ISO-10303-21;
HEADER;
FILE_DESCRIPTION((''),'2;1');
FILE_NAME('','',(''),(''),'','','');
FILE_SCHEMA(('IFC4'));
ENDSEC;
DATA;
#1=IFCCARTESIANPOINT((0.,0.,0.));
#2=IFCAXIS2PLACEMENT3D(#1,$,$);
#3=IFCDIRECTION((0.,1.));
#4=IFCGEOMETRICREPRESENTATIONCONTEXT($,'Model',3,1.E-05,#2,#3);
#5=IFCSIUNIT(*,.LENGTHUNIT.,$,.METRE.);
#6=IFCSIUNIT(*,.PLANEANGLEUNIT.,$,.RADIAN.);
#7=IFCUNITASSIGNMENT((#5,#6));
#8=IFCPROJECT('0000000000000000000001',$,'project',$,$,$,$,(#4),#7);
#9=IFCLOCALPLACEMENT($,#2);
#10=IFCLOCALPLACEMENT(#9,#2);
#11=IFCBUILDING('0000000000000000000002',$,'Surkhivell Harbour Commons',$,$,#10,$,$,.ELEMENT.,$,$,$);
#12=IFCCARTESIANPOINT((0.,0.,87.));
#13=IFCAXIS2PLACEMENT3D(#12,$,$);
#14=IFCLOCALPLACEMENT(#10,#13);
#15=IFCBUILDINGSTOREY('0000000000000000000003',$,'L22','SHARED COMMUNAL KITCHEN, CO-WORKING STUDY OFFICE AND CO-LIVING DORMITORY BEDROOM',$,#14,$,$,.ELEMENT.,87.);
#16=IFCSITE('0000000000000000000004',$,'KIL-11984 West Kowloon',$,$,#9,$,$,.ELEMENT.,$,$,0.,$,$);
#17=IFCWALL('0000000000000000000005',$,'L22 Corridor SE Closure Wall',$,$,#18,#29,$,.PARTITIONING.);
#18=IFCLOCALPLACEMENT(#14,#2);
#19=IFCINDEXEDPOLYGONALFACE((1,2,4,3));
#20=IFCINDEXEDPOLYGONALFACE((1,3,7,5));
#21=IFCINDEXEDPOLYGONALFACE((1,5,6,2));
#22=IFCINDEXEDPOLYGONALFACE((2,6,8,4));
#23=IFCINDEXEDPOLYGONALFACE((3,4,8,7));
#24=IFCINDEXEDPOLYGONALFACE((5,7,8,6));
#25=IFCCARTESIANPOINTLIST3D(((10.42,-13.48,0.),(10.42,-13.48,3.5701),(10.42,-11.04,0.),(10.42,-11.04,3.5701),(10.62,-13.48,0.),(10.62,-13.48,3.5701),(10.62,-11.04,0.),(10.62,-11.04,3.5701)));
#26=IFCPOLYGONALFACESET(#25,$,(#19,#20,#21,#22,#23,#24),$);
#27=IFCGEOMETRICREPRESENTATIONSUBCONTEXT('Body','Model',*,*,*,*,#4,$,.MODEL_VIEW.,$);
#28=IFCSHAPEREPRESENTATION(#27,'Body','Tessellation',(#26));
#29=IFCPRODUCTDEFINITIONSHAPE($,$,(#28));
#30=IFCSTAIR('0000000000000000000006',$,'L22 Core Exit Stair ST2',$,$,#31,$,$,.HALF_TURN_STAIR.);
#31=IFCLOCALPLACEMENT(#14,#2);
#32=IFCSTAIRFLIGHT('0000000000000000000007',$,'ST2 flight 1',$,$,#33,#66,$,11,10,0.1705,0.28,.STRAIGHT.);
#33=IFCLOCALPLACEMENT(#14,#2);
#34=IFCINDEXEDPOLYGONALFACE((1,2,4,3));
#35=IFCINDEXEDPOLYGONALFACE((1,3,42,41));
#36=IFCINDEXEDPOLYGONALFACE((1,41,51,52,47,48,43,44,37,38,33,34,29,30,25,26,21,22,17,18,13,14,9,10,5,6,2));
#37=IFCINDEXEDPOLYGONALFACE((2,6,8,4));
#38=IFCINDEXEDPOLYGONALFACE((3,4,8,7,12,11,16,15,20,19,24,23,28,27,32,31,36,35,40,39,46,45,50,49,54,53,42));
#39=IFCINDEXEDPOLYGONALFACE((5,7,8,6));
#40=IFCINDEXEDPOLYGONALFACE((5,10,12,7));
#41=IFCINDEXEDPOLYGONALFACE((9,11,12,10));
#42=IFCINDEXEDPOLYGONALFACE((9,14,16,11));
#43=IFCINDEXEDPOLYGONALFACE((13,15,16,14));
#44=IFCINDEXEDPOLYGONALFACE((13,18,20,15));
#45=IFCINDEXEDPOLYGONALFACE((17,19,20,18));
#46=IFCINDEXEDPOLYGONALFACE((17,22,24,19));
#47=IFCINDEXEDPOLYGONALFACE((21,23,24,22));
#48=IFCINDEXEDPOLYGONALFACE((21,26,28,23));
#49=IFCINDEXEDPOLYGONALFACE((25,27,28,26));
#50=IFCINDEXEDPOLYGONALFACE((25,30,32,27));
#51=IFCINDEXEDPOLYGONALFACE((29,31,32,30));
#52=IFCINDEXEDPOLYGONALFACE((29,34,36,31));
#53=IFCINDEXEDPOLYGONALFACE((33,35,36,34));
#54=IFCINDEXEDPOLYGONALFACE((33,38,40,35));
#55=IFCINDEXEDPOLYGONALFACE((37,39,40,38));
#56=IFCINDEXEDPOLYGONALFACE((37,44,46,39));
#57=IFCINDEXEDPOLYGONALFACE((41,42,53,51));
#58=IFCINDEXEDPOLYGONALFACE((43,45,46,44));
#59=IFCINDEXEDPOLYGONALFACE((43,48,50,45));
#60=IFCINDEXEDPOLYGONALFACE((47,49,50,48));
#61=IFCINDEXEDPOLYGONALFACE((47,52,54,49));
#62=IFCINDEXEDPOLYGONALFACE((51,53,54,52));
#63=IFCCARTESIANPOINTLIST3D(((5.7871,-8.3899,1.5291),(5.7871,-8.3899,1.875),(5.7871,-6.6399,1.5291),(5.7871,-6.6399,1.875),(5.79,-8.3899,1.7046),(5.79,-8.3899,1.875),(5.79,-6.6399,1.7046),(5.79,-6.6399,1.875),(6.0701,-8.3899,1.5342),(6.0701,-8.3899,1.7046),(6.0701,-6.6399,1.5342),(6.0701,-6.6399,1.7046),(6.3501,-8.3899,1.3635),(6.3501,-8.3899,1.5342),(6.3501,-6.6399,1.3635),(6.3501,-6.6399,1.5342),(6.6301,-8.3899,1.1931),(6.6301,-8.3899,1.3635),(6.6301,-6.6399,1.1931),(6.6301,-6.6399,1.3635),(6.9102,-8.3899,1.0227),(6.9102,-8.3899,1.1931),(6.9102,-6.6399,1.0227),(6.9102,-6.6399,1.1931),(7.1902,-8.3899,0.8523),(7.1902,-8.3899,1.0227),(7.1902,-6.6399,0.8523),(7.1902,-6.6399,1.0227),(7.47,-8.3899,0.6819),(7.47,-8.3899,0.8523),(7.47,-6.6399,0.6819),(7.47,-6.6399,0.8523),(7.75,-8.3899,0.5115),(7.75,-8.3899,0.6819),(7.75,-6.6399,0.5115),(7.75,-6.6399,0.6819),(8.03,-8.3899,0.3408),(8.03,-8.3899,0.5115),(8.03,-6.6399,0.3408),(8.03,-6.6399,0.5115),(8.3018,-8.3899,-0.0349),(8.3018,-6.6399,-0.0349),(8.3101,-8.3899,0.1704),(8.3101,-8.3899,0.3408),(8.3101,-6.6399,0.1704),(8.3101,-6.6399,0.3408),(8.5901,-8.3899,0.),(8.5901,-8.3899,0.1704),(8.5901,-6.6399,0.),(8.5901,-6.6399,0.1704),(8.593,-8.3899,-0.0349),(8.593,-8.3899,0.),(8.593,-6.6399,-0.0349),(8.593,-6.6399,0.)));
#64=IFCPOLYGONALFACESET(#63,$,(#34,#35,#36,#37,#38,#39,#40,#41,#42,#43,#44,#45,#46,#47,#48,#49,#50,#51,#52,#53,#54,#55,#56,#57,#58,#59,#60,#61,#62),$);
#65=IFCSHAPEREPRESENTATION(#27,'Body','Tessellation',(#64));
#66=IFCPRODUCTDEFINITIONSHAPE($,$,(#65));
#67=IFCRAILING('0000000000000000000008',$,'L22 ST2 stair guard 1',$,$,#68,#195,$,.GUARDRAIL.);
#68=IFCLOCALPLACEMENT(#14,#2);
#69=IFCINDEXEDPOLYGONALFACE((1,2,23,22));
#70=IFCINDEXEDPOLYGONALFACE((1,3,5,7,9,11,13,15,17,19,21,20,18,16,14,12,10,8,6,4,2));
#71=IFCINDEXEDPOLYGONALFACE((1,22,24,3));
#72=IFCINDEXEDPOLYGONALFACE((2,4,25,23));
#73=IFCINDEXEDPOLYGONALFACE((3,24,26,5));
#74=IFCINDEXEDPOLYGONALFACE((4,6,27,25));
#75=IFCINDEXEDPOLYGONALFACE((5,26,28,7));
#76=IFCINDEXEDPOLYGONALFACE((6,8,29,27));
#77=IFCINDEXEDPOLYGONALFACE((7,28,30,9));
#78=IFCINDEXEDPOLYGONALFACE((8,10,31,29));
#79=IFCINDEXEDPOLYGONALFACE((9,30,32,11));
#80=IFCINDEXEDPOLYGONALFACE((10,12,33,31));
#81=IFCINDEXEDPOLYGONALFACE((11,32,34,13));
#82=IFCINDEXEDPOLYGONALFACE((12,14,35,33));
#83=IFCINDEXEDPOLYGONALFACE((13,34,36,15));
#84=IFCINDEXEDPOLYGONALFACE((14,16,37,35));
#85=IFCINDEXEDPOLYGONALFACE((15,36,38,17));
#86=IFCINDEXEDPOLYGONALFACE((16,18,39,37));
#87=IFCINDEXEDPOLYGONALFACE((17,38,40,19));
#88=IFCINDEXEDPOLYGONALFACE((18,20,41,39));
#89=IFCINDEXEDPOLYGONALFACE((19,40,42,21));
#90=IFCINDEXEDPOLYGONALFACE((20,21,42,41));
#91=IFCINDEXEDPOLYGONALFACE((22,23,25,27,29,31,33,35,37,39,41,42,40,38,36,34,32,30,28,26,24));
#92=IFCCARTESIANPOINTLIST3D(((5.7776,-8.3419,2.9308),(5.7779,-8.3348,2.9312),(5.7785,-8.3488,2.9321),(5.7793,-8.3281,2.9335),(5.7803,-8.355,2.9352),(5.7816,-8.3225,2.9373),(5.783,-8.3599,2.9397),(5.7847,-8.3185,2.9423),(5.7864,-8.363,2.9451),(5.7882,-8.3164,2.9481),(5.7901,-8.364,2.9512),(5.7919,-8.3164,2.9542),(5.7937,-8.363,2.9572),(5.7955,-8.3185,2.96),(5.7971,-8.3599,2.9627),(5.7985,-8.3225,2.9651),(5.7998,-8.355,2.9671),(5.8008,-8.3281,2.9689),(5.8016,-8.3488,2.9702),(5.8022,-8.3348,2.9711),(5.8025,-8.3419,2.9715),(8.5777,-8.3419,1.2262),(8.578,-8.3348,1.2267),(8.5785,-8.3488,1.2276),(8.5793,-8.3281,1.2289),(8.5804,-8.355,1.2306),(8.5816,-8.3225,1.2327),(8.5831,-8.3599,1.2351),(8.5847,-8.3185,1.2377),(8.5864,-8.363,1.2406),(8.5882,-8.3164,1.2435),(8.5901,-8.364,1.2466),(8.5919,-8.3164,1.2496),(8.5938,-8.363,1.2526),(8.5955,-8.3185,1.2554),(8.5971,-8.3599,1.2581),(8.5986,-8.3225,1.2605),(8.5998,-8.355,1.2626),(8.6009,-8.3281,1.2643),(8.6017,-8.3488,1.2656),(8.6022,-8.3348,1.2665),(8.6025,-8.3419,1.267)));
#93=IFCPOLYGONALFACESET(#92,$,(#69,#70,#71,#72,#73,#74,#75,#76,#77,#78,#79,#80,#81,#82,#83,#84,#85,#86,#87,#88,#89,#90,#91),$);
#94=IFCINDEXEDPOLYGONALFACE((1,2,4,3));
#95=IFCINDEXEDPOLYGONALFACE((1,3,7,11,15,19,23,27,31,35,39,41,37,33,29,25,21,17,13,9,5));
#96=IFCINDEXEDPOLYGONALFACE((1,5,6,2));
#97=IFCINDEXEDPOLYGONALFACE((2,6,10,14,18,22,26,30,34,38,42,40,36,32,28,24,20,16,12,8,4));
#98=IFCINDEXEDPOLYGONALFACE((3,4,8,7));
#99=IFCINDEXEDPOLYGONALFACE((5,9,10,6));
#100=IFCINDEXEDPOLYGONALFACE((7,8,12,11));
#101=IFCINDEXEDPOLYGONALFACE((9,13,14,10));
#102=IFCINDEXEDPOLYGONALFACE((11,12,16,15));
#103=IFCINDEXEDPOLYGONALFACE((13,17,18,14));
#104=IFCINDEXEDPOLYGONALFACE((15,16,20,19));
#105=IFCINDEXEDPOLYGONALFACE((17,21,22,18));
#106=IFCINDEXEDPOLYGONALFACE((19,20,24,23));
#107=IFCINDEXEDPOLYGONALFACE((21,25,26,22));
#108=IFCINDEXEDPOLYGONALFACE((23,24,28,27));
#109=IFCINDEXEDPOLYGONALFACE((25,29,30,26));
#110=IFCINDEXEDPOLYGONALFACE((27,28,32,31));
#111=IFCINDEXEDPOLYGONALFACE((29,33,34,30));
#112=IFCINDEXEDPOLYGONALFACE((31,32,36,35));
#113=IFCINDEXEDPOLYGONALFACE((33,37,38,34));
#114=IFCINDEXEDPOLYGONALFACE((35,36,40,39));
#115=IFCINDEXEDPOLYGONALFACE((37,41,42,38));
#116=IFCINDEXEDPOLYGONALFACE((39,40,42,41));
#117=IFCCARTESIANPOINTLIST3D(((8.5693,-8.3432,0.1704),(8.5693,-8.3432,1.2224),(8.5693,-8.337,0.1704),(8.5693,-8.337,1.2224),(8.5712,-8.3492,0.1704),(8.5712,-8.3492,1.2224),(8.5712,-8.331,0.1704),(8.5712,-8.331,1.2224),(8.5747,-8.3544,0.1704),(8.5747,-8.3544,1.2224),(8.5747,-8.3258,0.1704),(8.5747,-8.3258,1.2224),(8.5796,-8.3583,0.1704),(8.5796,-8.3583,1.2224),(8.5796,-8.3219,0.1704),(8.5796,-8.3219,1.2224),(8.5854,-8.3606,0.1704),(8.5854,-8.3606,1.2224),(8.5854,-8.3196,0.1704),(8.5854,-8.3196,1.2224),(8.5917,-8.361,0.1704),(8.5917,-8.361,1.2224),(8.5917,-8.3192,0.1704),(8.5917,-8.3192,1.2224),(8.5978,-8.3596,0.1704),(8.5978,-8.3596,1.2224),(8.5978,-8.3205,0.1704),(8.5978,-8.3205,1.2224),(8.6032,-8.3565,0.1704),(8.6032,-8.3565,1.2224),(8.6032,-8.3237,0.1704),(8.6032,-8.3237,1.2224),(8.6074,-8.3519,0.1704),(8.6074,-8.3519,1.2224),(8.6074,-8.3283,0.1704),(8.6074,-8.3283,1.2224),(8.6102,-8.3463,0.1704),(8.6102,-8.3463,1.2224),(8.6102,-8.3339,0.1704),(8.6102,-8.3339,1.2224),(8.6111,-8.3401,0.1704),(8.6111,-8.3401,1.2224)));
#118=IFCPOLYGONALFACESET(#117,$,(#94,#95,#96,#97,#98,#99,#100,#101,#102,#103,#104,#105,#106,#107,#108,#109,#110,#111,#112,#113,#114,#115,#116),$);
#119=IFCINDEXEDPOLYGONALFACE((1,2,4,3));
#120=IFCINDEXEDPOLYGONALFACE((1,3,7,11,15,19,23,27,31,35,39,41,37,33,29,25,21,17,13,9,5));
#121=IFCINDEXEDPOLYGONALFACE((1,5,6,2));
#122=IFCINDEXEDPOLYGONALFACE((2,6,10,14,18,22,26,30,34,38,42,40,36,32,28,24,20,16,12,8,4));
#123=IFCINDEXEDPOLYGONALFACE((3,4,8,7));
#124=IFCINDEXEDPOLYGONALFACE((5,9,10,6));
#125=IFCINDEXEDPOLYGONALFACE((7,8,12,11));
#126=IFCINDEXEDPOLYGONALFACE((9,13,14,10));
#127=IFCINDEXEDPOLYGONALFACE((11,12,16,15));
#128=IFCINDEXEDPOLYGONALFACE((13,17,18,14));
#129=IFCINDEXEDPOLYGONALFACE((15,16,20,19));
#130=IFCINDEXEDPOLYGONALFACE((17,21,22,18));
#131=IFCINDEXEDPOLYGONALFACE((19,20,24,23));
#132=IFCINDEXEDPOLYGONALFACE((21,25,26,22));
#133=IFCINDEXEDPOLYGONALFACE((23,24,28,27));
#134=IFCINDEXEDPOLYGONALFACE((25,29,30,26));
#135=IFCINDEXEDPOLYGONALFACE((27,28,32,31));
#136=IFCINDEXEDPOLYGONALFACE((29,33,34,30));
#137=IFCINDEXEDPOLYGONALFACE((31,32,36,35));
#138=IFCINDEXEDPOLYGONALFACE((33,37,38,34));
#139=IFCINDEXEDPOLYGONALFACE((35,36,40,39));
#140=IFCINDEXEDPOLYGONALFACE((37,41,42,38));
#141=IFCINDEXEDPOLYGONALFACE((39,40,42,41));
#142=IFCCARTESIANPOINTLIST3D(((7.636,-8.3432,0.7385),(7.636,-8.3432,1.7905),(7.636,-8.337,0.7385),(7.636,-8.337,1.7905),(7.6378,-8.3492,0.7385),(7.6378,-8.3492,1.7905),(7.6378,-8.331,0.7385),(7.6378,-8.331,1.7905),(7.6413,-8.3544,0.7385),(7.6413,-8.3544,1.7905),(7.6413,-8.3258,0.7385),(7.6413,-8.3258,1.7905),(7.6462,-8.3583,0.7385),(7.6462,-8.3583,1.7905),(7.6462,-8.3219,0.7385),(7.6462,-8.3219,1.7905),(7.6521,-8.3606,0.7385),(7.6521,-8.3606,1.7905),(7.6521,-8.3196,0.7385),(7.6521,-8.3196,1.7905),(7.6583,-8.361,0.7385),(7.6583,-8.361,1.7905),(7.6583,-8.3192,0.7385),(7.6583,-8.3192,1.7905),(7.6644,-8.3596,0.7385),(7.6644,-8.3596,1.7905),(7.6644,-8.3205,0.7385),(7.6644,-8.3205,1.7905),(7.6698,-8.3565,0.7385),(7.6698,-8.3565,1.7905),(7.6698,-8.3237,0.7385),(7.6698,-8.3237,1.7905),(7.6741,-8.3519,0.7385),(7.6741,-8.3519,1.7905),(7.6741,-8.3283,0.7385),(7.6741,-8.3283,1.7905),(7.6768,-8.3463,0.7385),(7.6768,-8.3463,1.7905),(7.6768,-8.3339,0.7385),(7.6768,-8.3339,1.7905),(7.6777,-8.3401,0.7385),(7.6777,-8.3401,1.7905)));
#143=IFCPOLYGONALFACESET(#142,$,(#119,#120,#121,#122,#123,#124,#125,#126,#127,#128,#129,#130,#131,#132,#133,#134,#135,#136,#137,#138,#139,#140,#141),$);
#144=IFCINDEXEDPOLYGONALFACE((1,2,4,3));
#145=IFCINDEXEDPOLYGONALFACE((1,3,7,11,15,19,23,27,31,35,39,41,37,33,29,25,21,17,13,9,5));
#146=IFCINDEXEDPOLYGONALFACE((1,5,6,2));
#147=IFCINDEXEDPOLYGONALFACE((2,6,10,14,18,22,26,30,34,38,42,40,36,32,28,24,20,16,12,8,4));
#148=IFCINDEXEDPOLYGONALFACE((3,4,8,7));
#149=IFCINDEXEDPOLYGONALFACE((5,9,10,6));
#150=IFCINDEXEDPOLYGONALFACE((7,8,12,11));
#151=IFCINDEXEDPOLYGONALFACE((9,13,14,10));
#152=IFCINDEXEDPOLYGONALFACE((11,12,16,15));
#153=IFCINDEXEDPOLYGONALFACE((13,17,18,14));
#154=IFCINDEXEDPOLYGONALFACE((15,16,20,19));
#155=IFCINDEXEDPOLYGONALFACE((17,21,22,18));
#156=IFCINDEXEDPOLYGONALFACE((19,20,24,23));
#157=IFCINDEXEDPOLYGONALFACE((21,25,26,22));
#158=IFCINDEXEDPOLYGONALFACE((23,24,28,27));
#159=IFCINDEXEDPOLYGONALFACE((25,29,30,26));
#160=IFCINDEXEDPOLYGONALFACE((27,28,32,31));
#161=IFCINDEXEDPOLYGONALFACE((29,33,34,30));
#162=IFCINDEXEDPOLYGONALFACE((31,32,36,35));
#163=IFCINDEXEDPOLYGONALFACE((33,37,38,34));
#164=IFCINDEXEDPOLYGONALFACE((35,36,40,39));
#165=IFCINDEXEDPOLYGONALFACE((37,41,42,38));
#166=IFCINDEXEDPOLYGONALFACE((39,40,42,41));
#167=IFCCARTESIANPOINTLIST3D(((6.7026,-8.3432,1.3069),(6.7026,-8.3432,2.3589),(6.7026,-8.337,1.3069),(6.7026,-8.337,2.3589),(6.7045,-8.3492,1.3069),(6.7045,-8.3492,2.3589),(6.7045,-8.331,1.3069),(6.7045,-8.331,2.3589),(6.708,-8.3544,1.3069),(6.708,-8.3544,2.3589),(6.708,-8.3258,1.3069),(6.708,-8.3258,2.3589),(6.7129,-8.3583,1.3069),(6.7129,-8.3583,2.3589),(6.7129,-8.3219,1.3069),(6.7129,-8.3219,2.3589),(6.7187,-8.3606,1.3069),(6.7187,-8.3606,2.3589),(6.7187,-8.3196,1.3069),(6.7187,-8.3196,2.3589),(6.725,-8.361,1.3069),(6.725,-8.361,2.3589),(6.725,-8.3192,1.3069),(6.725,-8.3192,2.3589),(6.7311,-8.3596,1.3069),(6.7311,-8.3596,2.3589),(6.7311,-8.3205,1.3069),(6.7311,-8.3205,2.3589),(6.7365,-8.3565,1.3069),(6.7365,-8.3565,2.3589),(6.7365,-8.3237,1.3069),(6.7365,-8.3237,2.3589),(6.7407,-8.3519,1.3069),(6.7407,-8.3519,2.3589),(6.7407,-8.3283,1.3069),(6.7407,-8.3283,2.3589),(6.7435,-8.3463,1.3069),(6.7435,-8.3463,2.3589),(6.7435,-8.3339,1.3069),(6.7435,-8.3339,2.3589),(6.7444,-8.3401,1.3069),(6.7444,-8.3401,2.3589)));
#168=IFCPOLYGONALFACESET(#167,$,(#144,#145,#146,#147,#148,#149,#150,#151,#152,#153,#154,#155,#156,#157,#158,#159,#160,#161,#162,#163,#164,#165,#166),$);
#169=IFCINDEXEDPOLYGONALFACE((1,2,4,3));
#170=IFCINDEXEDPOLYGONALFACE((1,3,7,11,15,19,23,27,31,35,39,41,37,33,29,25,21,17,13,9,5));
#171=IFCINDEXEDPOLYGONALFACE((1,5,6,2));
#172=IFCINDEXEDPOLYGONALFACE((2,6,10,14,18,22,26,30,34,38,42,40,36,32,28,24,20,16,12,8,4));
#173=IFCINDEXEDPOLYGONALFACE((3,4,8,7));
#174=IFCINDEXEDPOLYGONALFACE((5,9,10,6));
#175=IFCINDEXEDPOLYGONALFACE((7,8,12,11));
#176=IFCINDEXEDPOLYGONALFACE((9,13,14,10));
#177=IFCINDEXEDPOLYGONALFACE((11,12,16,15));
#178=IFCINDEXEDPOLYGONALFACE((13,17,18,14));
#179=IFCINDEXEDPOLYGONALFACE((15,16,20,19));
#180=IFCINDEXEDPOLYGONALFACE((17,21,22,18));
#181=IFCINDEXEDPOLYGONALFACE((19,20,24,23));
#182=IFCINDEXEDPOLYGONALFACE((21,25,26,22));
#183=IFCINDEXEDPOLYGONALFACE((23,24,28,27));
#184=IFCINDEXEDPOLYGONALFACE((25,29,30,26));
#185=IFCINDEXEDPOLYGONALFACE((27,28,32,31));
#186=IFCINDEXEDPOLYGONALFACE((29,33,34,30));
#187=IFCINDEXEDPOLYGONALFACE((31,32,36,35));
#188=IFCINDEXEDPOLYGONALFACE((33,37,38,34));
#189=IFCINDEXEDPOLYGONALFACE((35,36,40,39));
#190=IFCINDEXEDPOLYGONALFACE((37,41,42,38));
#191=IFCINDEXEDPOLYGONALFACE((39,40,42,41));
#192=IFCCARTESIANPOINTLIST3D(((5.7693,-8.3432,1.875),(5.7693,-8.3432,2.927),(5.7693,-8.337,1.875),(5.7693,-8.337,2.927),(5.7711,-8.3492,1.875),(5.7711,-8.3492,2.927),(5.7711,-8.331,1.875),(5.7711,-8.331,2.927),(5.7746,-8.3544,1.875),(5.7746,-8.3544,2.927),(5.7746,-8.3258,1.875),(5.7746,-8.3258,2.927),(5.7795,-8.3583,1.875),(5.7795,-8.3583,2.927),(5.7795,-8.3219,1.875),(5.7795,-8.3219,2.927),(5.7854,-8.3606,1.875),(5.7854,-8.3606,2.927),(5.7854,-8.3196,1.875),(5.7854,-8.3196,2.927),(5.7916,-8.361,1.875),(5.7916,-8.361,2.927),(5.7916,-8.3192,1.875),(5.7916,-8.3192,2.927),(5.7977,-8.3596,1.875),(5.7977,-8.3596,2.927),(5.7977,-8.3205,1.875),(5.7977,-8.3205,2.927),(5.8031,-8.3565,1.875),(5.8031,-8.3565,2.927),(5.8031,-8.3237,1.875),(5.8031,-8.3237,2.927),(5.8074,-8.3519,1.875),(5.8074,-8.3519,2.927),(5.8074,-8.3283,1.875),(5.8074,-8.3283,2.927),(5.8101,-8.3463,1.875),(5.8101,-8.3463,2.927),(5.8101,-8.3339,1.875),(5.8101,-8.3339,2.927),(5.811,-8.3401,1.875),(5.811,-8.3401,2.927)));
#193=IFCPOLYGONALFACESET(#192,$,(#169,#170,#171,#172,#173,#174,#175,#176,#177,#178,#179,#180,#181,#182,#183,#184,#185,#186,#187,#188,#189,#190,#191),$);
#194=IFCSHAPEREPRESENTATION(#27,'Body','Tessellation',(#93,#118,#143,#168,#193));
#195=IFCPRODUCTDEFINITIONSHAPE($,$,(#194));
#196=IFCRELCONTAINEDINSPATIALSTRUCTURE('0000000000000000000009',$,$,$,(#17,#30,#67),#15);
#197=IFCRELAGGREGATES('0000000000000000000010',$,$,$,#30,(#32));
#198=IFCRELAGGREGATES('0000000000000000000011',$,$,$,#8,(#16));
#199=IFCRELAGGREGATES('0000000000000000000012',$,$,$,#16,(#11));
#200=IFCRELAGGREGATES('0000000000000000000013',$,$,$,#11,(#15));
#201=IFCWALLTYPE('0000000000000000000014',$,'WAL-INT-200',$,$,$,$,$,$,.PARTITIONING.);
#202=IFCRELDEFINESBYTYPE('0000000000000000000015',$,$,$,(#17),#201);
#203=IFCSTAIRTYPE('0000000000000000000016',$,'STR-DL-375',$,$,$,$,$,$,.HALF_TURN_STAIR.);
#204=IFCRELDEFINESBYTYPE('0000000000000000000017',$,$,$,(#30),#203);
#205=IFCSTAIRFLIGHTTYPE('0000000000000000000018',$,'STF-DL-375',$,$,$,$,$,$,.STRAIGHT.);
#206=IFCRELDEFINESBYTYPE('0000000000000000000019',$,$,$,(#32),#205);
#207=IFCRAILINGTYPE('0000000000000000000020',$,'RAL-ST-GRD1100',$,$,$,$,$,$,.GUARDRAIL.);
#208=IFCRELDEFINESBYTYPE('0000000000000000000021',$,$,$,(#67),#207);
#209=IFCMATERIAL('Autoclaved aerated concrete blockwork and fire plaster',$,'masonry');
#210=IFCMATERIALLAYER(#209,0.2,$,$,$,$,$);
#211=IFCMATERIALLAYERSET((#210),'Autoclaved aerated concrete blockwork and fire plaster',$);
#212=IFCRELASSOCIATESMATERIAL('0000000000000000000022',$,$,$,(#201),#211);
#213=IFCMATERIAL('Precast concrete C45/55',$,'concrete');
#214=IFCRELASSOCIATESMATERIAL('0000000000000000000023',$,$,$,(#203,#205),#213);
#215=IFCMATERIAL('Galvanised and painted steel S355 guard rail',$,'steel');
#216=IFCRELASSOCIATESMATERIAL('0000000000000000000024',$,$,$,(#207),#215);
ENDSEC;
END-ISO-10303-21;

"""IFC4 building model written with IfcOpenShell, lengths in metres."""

from ifc_helpers import new_model, si_unit, direction, frame, frame_2d, origin, origin_2d, place, context, subcontext, project, spatial, polyline, rectangle, circle, outline, extrude, material, layer, layer_set, type_object, element, aggregate, save


model = new_model("IFC4")

# Units and contexts
model_context = context("Model", 3, precision=1e-05, world=origin(), true_north=direction((0.0, 1.0)))
body_context = subcontext(model_context, "Body", "Model", "MODEL_VIEW")
ifc_project = project(units=[si_unit("LENGTHUNIT", "METRE"), si_unit("PLANEANGLEUNIT", "RADIAN")], contexts=[model_context])

# Site, building, storey
site_placement = place(None, origin())
site = spatial("IfcSite", under=ifc_project, at=site_placement, Name="KIL-11984 West Kowloon", CompositionType="ELEMENT", RefElevation=0.0)
building_placement = place(site_placement, origin())
building = spatial("IfcBuilding", under=site, at=building_placement, Name="Surkhivell Harbour Commons", CompositionType="ELEMENT")
storey_placement = place(building_placement, frame((0.0, 0.0, 87.0)))
storey = spatial("IfcBuildingStorey", under=building, at=storey_placement, Name="L22", Description="SHARED COMMUNAL KITCHEN, CO-WORKING STUDY OFFICE AND CO-LIVING DORMITORY BEDROOM", CompositionType="ELEMENT", Elevation=87.0)

# Shared definitions
ifc_material_1 = material(Name="Autoclaved aerated concrete blockwork and fire plaster", Category="masonry")
ifc_layer_1 = layer(ifc_material_1, 0.2)
ifc_layer_set_1 = layer_set([ifc_layer_1], Name="Autoclaved aerated concrete blockwork and fire plaster")
wall_type_1 = type_object("IfcWallType", Name="WAL-INT-200", PredefinedType="PARTITIONING", material=ifc_layer_set_1)

# Wall
wall_1_placement = place(storey_placement, frame((10.52, -13.48, 0.0), z_axis=(0.0, 0.0, 1.0), x_axis=(0.0, 1.0, 0.0)))
element("IfcWall", 1, at=wall_1_placement, inside=storey, type_object=wall_type_1, Name="L22 Corridor SE Closure Wall", PredefinedType="PARTITIONING", context=body_context, shape_type="SweptSolid", body=[
    extrude(rectangle(XDim=2.4399, YDim=0.2, at=frame_2d((1.22, 0.0))), origin(), (0.0, 0.0, 1.0), 3.5701),
])

# Stair, stair flight
ifc_material_2 = material(Name="Precast concrete C45/55", Category="concrete")
stair_type = type_object("IfcStairType", Name="STR-DL-375", PredefinedType="HALF_TURN_STAIR", material=ifc_material_2)
stair_placement = place(storey_placement, origin())
stair = element("IfcStair", 2, at=stair_placement, inside=storey, type_object=stair_type, Name="L22 Core Exit Stair ST2", PredefinedType="HALF_TURN_STAIR")
stair_flight_type = type_object("IfcStairFlightType", Name="STF-DL-375", PredefinedType="STRAIGHT", material=ifc_material_2)
stair_flight_placement = place(storey_placement, frame((8.5901, -7.5149, 0.0), z_axis=(0.0, 0.0, 1.0), x_axis=(-1.0, 0.0, 0.0)))
stair_flight = element("IfcStairFlight", 3, at=stair_flight_placement, type_object=stair_flight_type, Name="ST2 flight 1", NumberOfRisers=11, NumberOfTreads=10, PredefinedType="STRAIGHT", RiserHeight=0.1705, TreadLength=0.28, context=body_context, shape_type="SweptSolid", body=[
    extrude(outline(polyline([(-0.0029, -0.0349), (-0.0029, 0.0), (0.0, 0.0), (0.0, 0.1704), (0.28, 0.1704), (0.28, 0.3408), (0.5601, 0.3408), (0.5601, 0.5115), (0.8401, 0.5115), (0.8401, 0.6819), (1.1201, 0.6819), (1.1201, 0.8523), (1.3999, 0.8523), (1.3999, 1.0227), (1.6799, 1.0227), (1.6799, 1.1931), (1.96, 1.1931), (1.96, 1.3635), (2.24, 1.3635), (2.24, 1.5342), (2.52, 1.5342), (2.52, 1.7046), (2.8, 1.7046), (2.8, 1.875), (2.803, 1.875), (2.803, 1.5291), (0.2883, -0.0349), (-0.0029, -0.0349)])), frame((0.0, 0.875, 0.0), z_axis=(0.0, -1.0, 0.0), x_axis=(1.0, 0.0, 0.0)), (0.0, 0.0, 1.0), 1.75),
])
aggregate(stair, [stair_flight])

# Railing
ifc_material_3 = material(Name="Galvanised and painted steel S355 guard rail", Category="steel")
railing_type = type_object("IfcRailingType", Name="RAL-ST-GRD1100", PredefinedType="GUARDRAIL", material=ifc_material_3)
railing_1_placement = place(storey_placement, frame((8.5901, -8.3401, 0.1704)))
element("IfcRailing", 4, at=railing_1_placement, inside=storey, type_object=railing_type, Name="L22 ST2 stair guard 1", PredefinedType="GUARDRAIL", context=body_context, shape_type="SweptSolid", body=[
    extrude(circle(Radius=0.0239, at=origin_2d()), frame((0.0, 0.0, 1.0762), z_axis=(-0.85417, 0.0, 0.519994), x_axis=(0.0, -1.0, 0.0)), (0.0, 0.0, 1.0), 3.2781),
    extrude(circle(Radius=0.021, at=origin_2d()), origin(), (0.0, 0.0, 1.0), 1.052),
    extrude(circle(Radius=0.021, at=origin_2d()), frame((-0.9333, 0.0, 0.5681)), (0.0, 0.0, 1.0), 1.052),
    extrude(circle(Radius=0.021, at=origin_2d()), frame((-1.8667, 0.0, 1.1365)), (0.0, 0.0, 1.0), 1.052),
    extrude(circle(Radius=0.021, at=origin_2d()), frame((-2.8, 0.0, 1.7046)), (0.0, 0.0, 1.0), 1.052),
])

save(model, "model.ifc")
